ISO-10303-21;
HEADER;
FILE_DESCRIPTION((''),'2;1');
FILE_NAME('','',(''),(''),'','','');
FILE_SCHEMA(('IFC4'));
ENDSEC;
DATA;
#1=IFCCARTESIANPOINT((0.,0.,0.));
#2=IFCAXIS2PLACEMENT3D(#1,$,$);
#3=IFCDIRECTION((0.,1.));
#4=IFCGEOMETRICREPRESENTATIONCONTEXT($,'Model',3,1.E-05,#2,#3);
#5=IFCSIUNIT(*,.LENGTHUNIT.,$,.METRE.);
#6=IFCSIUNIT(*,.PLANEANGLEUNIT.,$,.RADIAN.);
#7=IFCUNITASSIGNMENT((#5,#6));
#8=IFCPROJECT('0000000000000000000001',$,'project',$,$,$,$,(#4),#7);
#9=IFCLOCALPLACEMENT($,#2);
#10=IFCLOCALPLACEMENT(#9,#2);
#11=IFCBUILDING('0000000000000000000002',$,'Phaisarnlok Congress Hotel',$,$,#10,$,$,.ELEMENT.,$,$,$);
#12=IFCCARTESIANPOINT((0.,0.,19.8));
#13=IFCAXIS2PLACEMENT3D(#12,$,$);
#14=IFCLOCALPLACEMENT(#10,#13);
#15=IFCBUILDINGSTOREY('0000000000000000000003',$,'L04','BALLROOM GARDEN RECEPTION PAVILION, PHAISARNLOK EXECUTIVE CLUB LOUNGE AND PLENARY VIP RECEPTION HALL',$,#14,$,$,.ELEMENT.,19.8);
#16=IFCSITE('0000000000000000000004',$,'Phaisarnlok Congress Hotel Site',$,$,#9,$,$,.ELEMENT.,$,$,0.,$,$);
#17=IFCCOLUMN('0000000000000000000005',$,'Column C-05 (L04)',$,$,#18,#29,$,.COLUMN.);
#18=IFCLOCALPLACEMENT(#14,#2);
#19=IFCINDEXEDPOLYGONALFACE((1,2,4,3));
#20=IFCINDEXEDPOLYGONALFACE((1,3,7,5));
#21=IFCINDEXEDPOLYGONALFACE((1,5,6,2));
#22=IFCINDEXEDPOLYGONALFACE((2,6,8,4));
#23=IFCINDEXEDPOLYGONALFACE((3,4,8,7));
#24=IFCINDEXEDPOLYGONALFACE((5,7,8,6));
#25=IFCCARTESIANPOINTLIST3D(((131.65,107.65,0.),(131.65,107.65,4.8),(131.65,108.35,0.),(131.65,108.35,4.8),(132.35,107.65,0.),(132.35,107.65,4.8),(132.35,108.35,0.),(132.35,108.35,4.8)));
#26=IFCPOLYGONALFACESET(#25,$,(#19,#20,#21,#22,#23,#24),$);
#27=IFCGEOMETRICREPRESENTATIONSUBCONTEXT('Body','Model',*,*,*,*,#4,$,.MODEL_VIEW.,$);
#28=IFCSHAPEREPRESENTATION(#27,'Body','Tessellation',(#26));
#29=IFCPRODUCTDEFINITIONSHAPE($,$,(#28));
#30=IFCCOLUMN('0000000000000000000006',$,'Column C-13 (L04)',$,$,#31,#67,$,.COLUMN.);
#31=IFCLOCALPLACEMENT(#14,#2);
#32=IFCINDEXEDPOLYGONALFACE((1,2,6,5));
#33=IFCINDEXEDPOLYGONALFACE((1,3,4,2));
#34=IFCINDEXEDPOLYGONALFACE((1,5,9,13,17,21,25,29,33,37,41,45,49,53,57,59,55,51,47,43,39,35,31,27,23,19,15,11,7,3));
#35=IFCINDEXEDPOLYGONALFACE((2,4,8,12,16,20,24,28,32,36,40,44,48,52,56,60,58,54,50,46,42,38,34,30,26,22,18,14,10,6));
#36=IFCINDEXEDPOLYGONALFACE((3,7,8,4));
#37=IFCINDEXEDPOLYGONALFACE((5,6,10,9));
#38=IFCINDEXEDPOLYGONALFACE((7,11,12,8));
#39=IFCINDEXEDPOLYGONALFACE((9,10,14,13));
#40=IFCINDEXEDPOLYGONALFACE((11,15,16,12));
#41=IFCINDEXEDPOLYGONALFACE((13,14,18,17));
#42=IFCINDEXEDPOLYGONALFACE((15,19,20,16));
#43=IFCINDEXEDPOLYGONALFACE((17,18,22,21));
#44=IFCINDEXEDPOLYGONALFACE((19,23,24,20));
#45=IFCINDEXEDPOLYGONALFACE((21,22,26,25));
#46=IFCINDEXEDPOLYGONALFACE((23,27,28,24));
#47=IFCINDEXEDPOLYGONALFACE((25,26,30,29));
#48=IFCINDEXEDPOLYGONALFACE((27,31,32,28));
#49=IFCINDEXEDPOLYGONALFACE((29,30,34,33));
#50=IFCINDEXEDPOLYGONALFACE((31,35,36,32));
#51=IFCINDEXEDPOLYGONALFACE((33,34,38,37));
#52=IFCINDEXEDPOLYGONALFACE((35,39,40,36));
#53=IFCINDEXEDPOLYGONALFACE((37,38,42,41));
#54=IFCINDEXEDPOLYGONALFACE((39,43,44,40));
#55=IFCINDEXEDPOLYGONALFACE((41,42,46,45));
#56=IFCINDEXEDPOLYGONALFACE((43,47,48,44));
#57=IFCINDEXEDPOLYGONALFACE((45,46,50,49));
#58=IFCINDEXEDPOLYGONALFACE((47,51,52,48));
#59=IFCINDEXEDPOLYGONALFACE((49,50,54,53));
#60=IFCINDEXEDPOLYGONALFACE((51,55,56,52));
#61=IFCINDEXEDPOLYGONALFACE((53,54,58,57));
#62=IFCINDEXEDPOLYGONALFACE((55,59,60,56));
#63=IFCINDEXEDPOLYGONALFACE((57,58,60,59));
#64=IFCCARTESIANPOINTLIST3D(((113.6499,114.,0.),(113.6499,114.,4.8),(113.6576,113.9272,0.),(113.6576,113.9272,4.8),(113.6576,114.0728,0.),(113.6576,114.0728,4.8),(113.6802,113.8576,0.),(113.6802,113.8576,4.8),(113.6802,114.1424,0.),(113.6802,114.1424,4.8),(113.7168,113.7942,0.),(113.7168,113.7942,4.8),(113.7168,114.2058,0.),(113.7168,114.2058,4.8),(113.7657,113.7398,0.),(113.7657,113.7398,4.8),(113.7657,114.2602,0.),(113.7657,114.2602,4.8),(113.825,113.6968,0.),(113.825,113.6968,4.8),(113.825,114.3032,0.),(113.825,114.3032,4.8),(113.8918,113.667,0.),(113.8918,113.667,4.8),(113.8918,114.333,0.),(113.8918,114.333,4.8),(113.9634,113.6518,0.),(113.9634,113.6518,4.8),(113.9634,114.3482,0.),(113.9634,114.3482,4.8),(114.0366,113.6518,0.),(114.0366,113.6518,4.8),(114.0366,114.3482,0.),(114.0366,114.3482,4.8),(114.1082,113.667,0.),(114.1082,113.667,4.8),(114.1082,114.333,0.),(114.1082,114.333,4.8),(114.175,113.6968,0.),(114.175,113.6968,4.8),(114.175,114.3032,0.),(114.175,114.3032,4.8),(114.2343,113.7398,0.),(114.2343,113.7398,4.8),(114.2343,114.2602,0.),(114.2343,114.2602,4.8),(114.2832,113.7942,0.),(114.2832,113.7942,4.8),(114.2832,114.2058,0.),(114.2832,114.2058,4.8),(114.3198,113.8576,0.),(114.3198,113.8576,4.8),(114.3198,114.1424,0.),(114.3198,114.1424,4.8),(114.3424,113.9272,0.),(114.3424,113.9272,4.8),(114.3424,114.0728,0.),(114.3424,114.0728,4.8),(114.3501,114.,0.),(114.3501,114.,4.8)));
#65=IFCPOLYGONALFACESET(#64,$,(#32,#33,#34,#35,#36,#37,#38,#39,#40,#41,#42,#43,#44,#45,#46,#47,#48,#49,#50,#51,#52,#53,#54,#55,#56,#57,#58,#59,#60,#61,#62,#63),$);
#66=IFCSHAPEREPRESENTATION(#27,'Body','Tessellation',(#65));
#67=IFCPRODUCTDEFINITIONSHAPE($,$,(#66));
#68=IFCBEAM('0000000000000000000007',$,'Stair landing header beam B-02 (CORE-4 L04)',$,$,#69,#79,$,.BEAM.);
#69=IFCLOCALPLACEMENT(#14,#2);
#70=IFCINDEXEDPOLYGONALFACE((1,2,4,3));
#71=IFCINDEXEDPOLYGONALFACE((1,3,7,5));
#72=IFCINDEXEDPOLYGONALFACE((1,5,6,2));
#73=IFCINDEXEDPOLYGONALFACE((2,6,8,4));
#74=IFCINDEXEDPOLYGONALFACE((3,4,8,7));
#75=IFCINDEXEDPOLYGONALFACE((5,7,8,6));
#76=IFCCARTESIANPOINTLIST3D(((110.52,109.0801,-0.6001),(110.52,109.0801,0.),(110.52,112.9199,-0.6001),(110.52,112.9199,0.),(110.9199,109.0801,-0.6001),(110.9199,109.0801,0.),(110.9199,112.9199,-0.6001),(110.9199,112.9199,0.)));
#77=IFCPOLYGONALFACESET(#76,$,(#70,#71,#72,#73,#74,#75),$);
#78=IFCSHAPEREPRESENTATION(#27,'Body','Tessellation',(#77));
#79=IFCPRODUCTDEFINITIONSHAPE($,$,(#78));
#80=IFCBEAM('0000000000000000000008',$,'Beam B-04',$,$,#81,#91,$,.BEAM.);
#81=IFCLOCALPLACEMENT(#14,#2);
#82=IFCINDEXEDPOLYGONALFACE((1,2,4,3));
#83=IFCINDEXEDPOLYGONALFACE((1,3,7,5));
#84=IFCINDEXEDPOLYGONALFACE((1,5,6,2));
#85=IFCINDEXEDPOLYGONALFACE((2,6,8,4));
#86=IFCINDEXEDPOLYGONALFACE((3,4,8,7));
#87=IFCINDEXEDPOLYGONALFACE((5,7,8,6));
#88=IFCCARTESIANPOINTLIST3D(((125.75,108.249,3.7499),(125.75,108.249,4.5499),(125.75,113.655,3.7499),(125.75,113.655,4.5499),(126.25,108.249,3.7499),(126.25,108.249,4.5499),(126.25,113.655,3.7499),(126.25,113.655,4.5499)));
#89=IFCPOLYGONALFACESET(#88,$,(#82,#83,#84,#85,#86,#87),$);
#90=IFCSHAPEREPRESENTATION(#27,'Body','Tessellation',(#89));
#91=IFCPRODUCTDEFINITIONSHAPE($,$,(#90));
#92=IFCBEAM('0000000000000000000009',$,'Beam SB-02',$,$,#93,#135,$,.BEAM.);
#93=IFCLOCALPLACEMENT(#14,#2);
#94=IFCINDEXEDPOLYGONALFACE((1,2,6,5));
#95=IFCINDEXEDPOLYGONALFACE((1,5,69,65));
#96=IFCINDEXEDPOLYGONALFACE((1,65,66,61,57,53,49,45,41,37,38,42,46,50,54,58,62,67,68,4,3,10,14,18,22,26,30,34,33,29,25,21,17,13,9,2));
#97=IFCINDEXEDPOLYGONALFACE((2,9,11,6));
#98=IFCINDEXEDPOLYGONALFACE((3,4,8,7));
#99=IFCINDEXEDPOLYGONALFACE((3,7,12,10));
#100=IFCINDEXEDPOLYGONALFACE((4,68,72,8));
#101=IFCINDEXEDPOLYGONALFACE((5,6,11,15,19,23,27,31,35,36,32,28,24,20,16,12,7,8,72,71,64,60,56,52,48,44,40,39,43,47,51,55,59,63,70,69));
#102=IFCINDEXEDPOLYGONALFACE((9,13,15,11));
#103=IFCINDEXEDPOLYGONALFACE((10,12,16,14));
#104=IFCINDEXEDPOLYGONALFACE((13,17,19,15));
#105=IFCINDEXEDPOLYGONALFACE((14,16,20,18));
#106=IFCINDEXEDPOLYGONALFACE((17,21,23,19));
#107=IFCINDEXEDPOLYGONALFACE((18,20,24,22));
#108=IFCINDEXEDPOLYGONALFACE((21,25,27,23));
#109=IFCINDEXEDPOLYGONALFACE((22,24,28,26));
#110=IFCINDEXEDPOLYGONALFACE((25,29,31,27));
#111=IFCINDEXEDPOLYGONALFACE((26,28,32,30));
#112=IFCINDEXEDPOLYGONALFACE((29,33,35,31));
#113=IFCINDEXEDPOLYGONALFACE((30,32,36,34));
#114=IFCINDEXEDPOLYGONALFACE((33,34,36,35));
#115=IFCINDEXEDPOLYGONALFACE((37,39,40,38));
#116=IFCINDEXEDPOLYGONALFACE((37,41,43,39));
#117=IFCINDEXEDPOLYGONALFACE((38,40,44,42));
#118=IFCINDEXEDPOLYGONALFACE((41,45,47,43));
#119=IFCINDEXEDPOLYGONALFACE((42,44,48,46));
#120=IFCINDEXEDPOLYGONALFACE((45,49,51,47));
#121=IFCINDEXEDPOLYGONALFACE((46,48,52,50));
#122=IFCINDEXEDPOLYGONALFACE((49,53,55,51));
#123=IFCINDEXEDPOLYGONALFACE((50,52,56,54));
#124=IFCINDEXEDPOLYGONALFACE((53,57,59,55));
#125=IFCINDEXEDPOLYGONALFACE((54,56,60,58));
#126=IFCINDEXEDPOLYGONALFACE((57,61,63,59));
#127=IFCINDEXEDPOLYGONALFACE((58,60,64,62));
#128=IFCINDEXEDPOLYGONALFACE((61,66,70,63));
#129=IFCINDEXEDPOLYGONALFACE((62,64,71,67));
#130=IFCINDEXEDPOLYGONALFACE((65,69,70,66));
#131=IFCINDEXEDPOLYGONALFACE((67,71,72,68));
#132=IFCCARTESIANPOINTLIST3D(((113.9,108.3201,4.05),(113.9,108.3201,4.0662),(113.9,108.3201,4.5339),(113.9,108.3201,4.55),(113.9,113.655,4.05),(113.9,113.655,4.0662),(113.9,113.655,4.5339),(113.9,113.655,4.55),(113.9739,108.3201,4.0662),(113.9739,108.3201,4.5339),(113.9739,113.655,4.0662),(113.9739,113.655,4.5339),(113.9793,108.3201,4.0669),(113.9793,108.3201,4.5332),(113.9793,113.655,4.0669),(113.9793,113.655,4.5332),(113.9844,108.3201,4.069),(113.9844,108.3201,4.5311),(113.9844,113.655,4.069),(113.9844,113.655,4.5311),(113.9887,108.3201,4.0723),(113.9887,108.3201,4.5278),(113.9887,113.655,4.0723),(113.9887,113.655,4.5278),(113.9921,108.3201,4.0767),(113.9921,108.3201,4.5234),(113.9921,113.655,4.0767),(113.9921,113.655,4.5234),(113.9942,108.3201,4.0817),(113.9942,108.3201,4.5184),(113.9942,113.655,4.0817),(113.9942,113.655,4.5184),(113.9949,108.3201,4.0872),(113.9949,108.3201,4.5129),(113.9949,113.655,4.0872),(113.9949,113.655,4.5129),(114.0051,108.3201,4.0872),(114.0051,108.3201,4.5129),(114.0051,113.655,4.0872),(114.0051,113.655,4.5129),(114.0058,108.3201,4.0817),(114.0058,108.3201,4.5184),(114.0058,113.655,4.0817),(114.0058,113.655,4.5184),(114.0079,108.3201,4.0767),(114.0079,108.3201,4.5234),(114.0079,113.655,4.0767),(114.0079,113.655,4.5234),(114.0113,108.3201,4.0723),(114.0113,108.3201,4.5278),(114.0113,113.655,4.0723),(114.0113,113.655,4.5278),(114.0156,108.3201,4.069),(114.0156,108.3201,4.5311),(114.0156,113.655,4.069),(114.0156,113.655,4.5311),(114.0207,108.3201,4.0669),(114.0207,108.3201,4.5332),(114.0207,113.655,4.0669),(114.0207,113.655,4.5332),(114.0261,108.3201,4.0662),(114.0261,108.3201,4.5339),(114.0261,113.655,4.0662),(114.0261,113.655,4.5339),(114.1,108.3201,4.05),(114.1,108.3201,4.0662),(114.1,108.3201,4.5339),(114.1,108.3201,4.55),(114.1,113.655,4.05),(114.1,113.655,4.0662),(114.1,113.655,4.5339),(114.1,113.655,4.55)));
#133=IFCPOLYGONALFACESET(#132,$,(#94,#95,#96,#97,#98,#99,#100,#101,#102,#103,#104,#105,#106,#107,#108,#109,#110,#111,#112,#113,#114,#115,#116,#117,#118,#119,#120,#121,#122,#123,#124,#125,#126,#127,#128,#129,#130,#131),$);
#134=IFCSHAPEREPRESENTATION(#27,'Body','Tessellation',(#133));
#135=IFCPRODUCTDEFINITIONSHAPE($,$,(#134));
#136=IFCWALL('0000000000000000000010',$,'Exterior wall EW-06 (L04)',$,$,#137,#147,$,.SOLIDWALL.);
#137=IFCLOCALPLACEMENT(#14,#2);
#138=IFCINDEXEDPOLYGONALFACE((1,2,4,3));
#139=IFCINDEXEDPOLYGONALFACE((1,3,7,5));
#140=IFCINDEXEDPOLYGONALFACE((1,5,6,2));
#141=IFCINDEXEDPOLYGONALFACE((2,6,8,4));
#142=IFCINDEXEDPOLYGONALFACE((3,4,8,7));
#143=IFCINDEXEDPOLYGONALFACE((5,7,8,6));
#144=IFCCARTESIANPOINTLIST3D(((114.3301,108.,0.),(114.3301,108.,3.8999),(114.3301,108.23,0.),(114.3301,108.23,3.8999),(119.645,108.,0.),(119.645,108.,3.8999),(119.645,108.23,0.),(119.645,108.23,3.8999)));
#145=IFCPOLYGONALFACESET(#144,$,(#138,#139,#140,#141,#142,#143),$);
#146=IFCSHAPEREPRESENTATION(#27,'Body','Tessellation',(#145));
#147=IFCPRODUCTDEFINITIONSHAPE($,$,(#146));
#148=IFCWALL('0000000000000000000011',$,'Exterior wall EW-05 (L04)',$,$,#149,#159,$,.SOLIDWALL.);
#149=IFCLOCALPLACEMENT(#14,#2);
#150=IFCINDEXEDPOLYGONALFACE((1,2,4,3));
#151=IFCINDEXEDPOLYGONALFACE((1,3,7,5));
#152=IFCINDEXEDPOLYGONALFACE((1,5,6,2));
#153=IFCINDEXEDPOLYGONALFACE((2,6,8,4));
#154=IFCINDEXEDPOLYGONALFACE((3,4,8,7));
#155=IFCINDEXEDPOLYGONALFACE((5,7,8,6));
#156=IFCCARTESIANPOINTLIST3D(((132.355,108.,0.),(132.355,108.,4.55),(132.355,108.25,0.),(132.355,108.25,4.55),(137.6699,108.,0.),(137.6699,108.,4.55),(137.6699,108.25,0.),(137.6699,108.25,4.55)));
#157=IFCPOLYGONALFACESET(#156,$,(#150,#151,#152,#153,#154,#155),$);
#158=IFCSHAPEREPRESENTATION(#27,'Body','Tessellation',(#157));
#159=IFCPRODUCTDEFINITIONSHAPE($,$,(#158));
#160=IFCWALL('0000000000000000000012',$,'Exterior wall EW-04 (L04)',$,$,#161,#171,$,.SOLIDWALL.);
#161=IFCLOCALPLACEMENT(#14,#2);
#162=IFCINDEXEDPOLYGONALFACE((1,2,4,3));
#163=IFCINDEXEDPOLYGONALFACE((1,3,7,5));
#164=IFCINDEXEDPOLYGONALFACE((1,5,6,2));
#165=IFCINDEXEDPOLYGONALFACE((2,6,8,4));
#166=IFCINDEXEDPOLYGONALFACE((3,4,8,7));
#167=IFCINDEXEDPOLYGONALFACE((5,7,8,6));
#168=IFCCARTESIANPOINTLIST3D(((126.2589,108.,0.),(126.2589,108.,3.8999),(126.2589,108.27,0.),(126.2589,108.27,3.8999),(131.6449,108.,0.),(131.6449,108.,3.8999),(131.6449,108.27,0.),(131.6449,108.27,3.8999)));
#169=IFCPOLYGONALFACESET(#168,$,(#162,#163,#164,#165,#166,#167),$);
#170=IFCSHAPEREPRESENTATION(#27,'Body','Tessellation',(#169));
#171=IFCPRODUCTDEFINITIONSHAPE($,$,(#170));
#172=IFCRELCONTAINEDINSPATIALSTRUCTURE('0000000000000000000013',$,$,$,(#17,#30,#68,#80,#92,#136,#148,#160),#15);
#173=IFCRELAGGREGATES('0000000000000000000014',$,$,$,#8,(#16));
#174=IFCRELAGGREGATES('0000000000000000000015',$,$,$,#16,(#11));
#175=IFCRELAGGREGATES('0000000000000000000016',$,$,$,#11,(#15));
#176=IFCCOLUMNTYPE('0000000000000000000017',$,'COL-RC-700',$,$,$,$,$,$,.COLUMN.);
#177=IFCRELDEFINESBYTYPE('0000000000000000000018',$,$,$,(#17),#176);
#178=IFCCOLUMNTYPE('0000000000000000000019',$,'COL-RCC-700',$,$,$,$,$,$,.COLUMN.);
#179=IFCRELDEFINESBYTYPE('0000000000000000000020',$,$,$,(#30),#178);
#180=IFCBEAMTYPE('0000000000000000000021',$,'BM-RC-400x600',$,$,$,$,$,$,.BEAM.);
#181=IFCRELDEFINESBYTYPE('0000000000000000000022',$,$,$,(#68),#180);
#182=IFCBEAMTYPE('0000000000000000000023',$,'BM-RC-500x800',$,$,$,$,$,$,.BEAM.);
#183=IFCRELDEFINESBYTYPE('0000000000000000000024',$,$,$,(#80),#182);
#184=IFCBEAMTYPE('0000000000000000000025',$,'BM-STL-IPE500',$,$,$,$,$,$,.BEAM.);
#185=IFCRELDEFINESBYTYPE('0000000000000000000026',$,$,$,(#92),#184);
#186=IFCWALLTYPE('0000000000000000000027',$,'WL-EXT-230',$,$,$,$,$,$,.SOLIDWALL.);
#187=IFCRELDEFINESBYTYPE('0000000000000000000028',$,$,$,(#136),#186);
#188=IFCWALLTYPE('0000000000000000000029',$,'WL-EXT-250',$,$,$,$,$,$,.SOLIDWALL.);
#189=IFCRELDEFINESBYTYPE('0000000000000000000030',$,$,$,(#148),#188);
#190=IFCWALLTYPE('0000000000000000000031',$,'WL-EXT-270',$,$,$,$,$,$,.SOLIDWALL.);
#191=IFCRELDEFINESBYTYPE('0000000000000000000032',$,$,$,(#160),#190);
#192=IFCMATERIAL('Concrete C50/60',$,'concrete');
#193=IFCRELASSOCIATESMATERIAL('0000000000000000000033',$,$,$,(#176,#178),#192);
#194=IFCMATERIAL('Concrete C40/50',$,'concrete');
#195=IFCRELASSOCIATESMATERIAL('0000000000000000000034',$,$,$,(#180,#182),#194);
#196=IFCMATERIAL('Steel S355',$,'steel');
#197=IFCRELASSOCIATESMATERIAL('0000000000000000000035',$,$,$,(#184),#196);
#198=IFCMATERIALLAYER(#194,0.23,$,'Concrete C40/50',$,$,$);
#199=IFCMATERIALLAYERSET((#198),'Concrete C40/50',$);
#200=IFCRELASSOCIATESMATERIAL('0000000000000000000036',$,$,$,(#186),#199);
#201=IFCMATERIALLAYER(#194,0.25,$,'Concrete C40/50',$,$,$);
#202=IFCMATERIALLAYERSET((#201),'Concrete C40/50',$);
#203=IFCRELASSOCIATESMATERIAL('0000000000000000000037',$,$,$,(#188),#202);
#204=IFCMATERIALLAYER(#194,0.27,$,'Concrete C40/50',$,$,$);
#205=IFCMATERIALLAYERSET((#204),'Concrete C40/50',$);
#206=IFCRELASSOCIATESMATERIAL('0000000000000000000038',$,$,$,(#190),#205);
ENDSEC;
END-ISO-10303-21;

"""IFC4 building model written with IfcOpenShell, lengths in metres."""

from ifc_helpers import new_model, si_unit, direction, frame, frame_2d, origin, origin_2d, place, context, subcontext, project, spatial, rectangle, circle, i_section, extrude, material, layer, layer_set, material_profile, profile_set, type_object, element, save


model = new_model("IFC4")

# Units and contexts
model_context = context("Model", 3, precision=1e-05, world=origin(), true_north=direction((0.0, 1.0)))
body_context = subcontext(model_context, "Body", "Model", "MODEL_VIEW")
ifc_project = project(units=[si_unit("LENGTHUNIT", "METRE"), si_unit("PLANEANGLEUNIT", "RADIAN")], contexts=[model_context])

# Site, building, storey
site_placement = place(None, origin())
site = spatial("IfcSite", under=ifc_project, at=site_placement, Name="Phaisarnlok Congress Hotel Site", CompositionType="ELEMENT", RefElevation=0.0)
building_placement = place(site_placement, origin())
building = spatial("IfcBuilding", under=site, at=building_placement, Name="Phaisarnlok Congress Hotel", CompositionType="ELEMENT")
storey_placement = place(building_placement, frame((0.0, 0.0, 19.8)))
storey = spatial("IfcBuildingStorey", under=building, at=storey_placement, Name="L04", Description="BALLROOM GARDEN RECEPTION PAVILION, PHAISARNLOK EXECUTIVE CLUB LOUNGE AND PLENARY VIP RECEPTION HALL", CompositionType="ELEMENT", Elevation=19.8)

# Columns
ifc_material_1 = material(Name="Concrete C50/60", Category="concrete")
ifc_material_profile_1 = material_profile(ifc_material_1, rectangle(XDim=0.7, YDim=0.7, at=origin_2d()), Name="RC 700x700")
ifc_profile_set_1 = profile_set([ifc_material_profile_1], Name="Concrete C50/60")
column_type_1 = type_object("IfcColumnType", Name="COL-RC-700", PredefinedType="COLUMN", material=ifc_profile_set_1)
column_1_placement = place(storey_placement, frame((132.0, 108.0, 0.0), z_axis=(0.0, 0.0, 1.0), x_axis=(1.0, 0.0, 0.0)))
element("IfcColumn", 1, at=column_1_placement, inside=storey, type_object=column_type_1, Name="Column C-05 (L04)", PredefinedType="COLUMN", context=body_context, shape_type="SweptSolid", body=[
    extrude(rectangle(XDim=0.7, YDim=0.7, at=origin_2d()), origin(), (0.0, 0.0, 1.0), 4.8),
])
ifc_material_profile_2 = material_profile(ifc_material_1, circle(Radius=0.3501, at=origin_2d()), Name="RCC D700")
ifc_profile_set_2 = profile_set([ifc_material_profile_2], Name="Concrete C50/60")
column_type_2 = type_object("IfcColumnType", Name="COL-RCC-700", PredefinedType="COLUMN", material=ifc_profile_set_2)
column_2_placement = place(storey_placement, frame((114.0, 114.0, 0.0), z_axis=(0.0, 0.0, 1.0), x_axis=(1.0, 0.0, 0.0)))
element("IfcColumn", 2, at=column_2_placement, inside=storey, type_object=column_type_2, Name="Column C-13 (L04)", PredefinedType="COLUMN", context=body_context, shape_type="SweptSolid", body=[
    extrude(circle(Radius=0.3501, at=origin_2d()), origin(), (0.0, 0.0, 1.0), 4.8),
])

# Beams
ifc_material_2 = material(Name="Concrete C40/50", Category="concrete")
ifc_material_profile_3 = material_profile(ifc_material_2, rectangle(XDim=0.3999, YDim=0.6001, at=origin_2d()), Name="RC 400x600")
ifc_profile_set_3 = profile_set([ifc_material_profile_3], Name="Concrete C40/50")
beam_type_1 = type_object("IfcBeamType", Name="BM-RC-400x600", PredefinedType="BEAM", material=ifc_profile_set_3)
beam_1_placement = place(storey_placement, frame((110.72, 109.0801, -0.3), z_axis=(0.0, 1.0, 0.0), x_axis=(-1.0, 0.0, 0.0)))
element("IfcBeam", 3, at=beam_1_placement, inside=storey, type_object=beam_type_1, Name="Stair landing header beam B-02 (CORE-4 L04)", PredefinedType="BEAM", context=body_context, shape_type="SweptSolid", body=[
    extrude(rectangle(XDim=0.3999, YDim=0.6001, at=origin_2d()), origin(), (0.0, 0.0, 1.0), 3.8398),
])
ifc_material_profile_4 = material_profile(ifc_material_2, rectangle(XDim=0.5, YDim=0.8, at=origin_2d()), Name="RC 500x800")
ifc_profile_set_4 = profile_set([ifc_material_profile_4], Name="Concrete C40/50")
beam_type_2 = type_object("IfcBeamType", Name="BM-RC-500x800", PredefinedType="BEAM", material=ifc_profile_set_4)
beam_2_placement = place(storey_placement, frame((126.0, 108.249, 4.1499), z_axis=(0.0, 1.0, 0.0), x_axis=(-1.0, 0.0, 0.0)))
element("IfcBeam", 4, at=beam_2_placement, inside=storey, type_object=beam_type_2, Name="Beam B-04", PredefinedType="BEAM", context=body_context, shape_type="SweptSolid", body=[
    extrude(rectangle(XDim=0.5, YDim=0.8, at=origin_2d()), origin(), (0.0, 0.0, 1.0), 5.406),
])
ifc_material_3 = material(Name="Steel S355", Category="steel")
ifc_material_profile_5 = material_profile(ifc_material_3, i_section(OverallWidth=0.2, OverallDepth=0.5, WebThickness=0.0103, FlangeThickness=0.0161, FilletRadius=0.021, at=origin_2d()), Name="IPE 500")
ifc_profile_set_5 = profile_set([ifc_material_profile_5], Name="Steel S355")
beam_type_3 = type_object("IfcBeamType", Name="BM-STL-IPE500", PredefinedType="BEAM", material=ifc_profile_set_5)
beam_3_placement = place(storey_placement, frame((114.0, 108.3201, 4.3), z_axis=(0.0, 1.0, 0.0), x_axis=(-1.0, 0.0, 0.0)))
element("IfcBeam", 5, at=beam_3_placement, inside=storey, type_object=beam_type_3, Name="Beam SB-02", PredefinedType="BEAM", context=body_context, shape_type="SweptSolid", body=[
    extrude(i_section(OverallWidth=0.2, OverallDepth=0.5, WebThickness=0.0103, FlangeThickness=0.0161, FilletRadius=0.021, at=origin_2d()), origin(), (0.0, 0.0, 1.0), 5.335),
])

# Walls
ifc_layer_1 = layer(ifc_material_2, 0.23, Name="Concrete C40/50")
ifc_layer_set_1 = layer_set([ifc_layer_1], Name="Concrete C40/50")
wall_type_1 = type_object("IfcWallType", Name="WL-EXT-230", PredefinedType="SOLIDWALL", material=ifc_layer_set_1)
wall_1_placement = place(storey_placement, frame((114.3301, 108.115, 0.0), z_axis=(0.0, 0.0, 1.0), x_axis=(1.0, 0.0, 0.0)))
element("IfcWall", 6, at=wall_1_placement, inside=storey, type_object=wall_type_1, Name="Exterior wall EW-06 (L04)", PredefinedType="SOLIDWALL", context=body_context, shape_type="SweptSolid", body=[
    extrude(rectangle(XDim=5.3149, YDim=0.23, at=frame_2d((2.6575, 0.0))), origin(), (0.0, 0.0, 1.0), 3.8999),
])
ifc_layer_2 = layer(ifc_material_2, 0.25, Name="Concrete C40/50")
ifc_layer_set_2 = layer_set([ifc_layer_2], Name="Concrete C40/50")
wall_type_2 = type_object("IfcWallType", Name="WL-EXT-250", PredefinedType="SOLIDWALL", material=ifc_layer_set_2)
wall_2_placement = place(storey_placement, frame((132.355, 108.125, 0.0), z_axis=(0.0, 0.0, 1.0), x_axis=(1.0, 0.0, 0.0)))
element("IfcWall", 7, at=wall_2_placement, inside=storey, type_object=wall_type_2, Name="Exterior wall EW-05 (L04)", PredefinedType="SOLIDWALL", context=body_context, shape_type="SweptSolid", body=[
    extrude(rectangle(XDim=5.3149, YDim=0.25, at=frame_2d((2.6575, 0.0))), origin(), (0.0, 0.0, 1.0), 4.55),
])
ifc_layer_3 = layer(ifc_material_2, 0.27, Name="Concrete C40/50")
ifc_layer_set_3 = layer_set([ifc_layer_3], Name="Concrete C40/50")
wall_type_3 = type_object("IfcWallType", Name="WL-EXT-270", PredefinedType="SOLIDWALL", material=ifc_layer_set_3)
wall_3_placement = place(storey_placement, frame((126.259, 108.135, 0.0), z_axis=(0.0, 0.0, 1.0), x_axis=(1.0, 0.0, 0.0)))
element("IfcWall", 8, at=wall_3_placement, inside=storey, type_object=wall_type_3, Name="Exterior wall EW-04 (L04)", PredefinedType="SOLIDWALL", context=body_context, shape_type="SweptSolid", body=[
    extrude(rectangle(XDim=5.386, YDim=0.27, at=frame_2d((2.6929, 0.0))), origin(), (0.0, 0.0, 1.0), 3.8999),
])

save(model, "model.ifc")
